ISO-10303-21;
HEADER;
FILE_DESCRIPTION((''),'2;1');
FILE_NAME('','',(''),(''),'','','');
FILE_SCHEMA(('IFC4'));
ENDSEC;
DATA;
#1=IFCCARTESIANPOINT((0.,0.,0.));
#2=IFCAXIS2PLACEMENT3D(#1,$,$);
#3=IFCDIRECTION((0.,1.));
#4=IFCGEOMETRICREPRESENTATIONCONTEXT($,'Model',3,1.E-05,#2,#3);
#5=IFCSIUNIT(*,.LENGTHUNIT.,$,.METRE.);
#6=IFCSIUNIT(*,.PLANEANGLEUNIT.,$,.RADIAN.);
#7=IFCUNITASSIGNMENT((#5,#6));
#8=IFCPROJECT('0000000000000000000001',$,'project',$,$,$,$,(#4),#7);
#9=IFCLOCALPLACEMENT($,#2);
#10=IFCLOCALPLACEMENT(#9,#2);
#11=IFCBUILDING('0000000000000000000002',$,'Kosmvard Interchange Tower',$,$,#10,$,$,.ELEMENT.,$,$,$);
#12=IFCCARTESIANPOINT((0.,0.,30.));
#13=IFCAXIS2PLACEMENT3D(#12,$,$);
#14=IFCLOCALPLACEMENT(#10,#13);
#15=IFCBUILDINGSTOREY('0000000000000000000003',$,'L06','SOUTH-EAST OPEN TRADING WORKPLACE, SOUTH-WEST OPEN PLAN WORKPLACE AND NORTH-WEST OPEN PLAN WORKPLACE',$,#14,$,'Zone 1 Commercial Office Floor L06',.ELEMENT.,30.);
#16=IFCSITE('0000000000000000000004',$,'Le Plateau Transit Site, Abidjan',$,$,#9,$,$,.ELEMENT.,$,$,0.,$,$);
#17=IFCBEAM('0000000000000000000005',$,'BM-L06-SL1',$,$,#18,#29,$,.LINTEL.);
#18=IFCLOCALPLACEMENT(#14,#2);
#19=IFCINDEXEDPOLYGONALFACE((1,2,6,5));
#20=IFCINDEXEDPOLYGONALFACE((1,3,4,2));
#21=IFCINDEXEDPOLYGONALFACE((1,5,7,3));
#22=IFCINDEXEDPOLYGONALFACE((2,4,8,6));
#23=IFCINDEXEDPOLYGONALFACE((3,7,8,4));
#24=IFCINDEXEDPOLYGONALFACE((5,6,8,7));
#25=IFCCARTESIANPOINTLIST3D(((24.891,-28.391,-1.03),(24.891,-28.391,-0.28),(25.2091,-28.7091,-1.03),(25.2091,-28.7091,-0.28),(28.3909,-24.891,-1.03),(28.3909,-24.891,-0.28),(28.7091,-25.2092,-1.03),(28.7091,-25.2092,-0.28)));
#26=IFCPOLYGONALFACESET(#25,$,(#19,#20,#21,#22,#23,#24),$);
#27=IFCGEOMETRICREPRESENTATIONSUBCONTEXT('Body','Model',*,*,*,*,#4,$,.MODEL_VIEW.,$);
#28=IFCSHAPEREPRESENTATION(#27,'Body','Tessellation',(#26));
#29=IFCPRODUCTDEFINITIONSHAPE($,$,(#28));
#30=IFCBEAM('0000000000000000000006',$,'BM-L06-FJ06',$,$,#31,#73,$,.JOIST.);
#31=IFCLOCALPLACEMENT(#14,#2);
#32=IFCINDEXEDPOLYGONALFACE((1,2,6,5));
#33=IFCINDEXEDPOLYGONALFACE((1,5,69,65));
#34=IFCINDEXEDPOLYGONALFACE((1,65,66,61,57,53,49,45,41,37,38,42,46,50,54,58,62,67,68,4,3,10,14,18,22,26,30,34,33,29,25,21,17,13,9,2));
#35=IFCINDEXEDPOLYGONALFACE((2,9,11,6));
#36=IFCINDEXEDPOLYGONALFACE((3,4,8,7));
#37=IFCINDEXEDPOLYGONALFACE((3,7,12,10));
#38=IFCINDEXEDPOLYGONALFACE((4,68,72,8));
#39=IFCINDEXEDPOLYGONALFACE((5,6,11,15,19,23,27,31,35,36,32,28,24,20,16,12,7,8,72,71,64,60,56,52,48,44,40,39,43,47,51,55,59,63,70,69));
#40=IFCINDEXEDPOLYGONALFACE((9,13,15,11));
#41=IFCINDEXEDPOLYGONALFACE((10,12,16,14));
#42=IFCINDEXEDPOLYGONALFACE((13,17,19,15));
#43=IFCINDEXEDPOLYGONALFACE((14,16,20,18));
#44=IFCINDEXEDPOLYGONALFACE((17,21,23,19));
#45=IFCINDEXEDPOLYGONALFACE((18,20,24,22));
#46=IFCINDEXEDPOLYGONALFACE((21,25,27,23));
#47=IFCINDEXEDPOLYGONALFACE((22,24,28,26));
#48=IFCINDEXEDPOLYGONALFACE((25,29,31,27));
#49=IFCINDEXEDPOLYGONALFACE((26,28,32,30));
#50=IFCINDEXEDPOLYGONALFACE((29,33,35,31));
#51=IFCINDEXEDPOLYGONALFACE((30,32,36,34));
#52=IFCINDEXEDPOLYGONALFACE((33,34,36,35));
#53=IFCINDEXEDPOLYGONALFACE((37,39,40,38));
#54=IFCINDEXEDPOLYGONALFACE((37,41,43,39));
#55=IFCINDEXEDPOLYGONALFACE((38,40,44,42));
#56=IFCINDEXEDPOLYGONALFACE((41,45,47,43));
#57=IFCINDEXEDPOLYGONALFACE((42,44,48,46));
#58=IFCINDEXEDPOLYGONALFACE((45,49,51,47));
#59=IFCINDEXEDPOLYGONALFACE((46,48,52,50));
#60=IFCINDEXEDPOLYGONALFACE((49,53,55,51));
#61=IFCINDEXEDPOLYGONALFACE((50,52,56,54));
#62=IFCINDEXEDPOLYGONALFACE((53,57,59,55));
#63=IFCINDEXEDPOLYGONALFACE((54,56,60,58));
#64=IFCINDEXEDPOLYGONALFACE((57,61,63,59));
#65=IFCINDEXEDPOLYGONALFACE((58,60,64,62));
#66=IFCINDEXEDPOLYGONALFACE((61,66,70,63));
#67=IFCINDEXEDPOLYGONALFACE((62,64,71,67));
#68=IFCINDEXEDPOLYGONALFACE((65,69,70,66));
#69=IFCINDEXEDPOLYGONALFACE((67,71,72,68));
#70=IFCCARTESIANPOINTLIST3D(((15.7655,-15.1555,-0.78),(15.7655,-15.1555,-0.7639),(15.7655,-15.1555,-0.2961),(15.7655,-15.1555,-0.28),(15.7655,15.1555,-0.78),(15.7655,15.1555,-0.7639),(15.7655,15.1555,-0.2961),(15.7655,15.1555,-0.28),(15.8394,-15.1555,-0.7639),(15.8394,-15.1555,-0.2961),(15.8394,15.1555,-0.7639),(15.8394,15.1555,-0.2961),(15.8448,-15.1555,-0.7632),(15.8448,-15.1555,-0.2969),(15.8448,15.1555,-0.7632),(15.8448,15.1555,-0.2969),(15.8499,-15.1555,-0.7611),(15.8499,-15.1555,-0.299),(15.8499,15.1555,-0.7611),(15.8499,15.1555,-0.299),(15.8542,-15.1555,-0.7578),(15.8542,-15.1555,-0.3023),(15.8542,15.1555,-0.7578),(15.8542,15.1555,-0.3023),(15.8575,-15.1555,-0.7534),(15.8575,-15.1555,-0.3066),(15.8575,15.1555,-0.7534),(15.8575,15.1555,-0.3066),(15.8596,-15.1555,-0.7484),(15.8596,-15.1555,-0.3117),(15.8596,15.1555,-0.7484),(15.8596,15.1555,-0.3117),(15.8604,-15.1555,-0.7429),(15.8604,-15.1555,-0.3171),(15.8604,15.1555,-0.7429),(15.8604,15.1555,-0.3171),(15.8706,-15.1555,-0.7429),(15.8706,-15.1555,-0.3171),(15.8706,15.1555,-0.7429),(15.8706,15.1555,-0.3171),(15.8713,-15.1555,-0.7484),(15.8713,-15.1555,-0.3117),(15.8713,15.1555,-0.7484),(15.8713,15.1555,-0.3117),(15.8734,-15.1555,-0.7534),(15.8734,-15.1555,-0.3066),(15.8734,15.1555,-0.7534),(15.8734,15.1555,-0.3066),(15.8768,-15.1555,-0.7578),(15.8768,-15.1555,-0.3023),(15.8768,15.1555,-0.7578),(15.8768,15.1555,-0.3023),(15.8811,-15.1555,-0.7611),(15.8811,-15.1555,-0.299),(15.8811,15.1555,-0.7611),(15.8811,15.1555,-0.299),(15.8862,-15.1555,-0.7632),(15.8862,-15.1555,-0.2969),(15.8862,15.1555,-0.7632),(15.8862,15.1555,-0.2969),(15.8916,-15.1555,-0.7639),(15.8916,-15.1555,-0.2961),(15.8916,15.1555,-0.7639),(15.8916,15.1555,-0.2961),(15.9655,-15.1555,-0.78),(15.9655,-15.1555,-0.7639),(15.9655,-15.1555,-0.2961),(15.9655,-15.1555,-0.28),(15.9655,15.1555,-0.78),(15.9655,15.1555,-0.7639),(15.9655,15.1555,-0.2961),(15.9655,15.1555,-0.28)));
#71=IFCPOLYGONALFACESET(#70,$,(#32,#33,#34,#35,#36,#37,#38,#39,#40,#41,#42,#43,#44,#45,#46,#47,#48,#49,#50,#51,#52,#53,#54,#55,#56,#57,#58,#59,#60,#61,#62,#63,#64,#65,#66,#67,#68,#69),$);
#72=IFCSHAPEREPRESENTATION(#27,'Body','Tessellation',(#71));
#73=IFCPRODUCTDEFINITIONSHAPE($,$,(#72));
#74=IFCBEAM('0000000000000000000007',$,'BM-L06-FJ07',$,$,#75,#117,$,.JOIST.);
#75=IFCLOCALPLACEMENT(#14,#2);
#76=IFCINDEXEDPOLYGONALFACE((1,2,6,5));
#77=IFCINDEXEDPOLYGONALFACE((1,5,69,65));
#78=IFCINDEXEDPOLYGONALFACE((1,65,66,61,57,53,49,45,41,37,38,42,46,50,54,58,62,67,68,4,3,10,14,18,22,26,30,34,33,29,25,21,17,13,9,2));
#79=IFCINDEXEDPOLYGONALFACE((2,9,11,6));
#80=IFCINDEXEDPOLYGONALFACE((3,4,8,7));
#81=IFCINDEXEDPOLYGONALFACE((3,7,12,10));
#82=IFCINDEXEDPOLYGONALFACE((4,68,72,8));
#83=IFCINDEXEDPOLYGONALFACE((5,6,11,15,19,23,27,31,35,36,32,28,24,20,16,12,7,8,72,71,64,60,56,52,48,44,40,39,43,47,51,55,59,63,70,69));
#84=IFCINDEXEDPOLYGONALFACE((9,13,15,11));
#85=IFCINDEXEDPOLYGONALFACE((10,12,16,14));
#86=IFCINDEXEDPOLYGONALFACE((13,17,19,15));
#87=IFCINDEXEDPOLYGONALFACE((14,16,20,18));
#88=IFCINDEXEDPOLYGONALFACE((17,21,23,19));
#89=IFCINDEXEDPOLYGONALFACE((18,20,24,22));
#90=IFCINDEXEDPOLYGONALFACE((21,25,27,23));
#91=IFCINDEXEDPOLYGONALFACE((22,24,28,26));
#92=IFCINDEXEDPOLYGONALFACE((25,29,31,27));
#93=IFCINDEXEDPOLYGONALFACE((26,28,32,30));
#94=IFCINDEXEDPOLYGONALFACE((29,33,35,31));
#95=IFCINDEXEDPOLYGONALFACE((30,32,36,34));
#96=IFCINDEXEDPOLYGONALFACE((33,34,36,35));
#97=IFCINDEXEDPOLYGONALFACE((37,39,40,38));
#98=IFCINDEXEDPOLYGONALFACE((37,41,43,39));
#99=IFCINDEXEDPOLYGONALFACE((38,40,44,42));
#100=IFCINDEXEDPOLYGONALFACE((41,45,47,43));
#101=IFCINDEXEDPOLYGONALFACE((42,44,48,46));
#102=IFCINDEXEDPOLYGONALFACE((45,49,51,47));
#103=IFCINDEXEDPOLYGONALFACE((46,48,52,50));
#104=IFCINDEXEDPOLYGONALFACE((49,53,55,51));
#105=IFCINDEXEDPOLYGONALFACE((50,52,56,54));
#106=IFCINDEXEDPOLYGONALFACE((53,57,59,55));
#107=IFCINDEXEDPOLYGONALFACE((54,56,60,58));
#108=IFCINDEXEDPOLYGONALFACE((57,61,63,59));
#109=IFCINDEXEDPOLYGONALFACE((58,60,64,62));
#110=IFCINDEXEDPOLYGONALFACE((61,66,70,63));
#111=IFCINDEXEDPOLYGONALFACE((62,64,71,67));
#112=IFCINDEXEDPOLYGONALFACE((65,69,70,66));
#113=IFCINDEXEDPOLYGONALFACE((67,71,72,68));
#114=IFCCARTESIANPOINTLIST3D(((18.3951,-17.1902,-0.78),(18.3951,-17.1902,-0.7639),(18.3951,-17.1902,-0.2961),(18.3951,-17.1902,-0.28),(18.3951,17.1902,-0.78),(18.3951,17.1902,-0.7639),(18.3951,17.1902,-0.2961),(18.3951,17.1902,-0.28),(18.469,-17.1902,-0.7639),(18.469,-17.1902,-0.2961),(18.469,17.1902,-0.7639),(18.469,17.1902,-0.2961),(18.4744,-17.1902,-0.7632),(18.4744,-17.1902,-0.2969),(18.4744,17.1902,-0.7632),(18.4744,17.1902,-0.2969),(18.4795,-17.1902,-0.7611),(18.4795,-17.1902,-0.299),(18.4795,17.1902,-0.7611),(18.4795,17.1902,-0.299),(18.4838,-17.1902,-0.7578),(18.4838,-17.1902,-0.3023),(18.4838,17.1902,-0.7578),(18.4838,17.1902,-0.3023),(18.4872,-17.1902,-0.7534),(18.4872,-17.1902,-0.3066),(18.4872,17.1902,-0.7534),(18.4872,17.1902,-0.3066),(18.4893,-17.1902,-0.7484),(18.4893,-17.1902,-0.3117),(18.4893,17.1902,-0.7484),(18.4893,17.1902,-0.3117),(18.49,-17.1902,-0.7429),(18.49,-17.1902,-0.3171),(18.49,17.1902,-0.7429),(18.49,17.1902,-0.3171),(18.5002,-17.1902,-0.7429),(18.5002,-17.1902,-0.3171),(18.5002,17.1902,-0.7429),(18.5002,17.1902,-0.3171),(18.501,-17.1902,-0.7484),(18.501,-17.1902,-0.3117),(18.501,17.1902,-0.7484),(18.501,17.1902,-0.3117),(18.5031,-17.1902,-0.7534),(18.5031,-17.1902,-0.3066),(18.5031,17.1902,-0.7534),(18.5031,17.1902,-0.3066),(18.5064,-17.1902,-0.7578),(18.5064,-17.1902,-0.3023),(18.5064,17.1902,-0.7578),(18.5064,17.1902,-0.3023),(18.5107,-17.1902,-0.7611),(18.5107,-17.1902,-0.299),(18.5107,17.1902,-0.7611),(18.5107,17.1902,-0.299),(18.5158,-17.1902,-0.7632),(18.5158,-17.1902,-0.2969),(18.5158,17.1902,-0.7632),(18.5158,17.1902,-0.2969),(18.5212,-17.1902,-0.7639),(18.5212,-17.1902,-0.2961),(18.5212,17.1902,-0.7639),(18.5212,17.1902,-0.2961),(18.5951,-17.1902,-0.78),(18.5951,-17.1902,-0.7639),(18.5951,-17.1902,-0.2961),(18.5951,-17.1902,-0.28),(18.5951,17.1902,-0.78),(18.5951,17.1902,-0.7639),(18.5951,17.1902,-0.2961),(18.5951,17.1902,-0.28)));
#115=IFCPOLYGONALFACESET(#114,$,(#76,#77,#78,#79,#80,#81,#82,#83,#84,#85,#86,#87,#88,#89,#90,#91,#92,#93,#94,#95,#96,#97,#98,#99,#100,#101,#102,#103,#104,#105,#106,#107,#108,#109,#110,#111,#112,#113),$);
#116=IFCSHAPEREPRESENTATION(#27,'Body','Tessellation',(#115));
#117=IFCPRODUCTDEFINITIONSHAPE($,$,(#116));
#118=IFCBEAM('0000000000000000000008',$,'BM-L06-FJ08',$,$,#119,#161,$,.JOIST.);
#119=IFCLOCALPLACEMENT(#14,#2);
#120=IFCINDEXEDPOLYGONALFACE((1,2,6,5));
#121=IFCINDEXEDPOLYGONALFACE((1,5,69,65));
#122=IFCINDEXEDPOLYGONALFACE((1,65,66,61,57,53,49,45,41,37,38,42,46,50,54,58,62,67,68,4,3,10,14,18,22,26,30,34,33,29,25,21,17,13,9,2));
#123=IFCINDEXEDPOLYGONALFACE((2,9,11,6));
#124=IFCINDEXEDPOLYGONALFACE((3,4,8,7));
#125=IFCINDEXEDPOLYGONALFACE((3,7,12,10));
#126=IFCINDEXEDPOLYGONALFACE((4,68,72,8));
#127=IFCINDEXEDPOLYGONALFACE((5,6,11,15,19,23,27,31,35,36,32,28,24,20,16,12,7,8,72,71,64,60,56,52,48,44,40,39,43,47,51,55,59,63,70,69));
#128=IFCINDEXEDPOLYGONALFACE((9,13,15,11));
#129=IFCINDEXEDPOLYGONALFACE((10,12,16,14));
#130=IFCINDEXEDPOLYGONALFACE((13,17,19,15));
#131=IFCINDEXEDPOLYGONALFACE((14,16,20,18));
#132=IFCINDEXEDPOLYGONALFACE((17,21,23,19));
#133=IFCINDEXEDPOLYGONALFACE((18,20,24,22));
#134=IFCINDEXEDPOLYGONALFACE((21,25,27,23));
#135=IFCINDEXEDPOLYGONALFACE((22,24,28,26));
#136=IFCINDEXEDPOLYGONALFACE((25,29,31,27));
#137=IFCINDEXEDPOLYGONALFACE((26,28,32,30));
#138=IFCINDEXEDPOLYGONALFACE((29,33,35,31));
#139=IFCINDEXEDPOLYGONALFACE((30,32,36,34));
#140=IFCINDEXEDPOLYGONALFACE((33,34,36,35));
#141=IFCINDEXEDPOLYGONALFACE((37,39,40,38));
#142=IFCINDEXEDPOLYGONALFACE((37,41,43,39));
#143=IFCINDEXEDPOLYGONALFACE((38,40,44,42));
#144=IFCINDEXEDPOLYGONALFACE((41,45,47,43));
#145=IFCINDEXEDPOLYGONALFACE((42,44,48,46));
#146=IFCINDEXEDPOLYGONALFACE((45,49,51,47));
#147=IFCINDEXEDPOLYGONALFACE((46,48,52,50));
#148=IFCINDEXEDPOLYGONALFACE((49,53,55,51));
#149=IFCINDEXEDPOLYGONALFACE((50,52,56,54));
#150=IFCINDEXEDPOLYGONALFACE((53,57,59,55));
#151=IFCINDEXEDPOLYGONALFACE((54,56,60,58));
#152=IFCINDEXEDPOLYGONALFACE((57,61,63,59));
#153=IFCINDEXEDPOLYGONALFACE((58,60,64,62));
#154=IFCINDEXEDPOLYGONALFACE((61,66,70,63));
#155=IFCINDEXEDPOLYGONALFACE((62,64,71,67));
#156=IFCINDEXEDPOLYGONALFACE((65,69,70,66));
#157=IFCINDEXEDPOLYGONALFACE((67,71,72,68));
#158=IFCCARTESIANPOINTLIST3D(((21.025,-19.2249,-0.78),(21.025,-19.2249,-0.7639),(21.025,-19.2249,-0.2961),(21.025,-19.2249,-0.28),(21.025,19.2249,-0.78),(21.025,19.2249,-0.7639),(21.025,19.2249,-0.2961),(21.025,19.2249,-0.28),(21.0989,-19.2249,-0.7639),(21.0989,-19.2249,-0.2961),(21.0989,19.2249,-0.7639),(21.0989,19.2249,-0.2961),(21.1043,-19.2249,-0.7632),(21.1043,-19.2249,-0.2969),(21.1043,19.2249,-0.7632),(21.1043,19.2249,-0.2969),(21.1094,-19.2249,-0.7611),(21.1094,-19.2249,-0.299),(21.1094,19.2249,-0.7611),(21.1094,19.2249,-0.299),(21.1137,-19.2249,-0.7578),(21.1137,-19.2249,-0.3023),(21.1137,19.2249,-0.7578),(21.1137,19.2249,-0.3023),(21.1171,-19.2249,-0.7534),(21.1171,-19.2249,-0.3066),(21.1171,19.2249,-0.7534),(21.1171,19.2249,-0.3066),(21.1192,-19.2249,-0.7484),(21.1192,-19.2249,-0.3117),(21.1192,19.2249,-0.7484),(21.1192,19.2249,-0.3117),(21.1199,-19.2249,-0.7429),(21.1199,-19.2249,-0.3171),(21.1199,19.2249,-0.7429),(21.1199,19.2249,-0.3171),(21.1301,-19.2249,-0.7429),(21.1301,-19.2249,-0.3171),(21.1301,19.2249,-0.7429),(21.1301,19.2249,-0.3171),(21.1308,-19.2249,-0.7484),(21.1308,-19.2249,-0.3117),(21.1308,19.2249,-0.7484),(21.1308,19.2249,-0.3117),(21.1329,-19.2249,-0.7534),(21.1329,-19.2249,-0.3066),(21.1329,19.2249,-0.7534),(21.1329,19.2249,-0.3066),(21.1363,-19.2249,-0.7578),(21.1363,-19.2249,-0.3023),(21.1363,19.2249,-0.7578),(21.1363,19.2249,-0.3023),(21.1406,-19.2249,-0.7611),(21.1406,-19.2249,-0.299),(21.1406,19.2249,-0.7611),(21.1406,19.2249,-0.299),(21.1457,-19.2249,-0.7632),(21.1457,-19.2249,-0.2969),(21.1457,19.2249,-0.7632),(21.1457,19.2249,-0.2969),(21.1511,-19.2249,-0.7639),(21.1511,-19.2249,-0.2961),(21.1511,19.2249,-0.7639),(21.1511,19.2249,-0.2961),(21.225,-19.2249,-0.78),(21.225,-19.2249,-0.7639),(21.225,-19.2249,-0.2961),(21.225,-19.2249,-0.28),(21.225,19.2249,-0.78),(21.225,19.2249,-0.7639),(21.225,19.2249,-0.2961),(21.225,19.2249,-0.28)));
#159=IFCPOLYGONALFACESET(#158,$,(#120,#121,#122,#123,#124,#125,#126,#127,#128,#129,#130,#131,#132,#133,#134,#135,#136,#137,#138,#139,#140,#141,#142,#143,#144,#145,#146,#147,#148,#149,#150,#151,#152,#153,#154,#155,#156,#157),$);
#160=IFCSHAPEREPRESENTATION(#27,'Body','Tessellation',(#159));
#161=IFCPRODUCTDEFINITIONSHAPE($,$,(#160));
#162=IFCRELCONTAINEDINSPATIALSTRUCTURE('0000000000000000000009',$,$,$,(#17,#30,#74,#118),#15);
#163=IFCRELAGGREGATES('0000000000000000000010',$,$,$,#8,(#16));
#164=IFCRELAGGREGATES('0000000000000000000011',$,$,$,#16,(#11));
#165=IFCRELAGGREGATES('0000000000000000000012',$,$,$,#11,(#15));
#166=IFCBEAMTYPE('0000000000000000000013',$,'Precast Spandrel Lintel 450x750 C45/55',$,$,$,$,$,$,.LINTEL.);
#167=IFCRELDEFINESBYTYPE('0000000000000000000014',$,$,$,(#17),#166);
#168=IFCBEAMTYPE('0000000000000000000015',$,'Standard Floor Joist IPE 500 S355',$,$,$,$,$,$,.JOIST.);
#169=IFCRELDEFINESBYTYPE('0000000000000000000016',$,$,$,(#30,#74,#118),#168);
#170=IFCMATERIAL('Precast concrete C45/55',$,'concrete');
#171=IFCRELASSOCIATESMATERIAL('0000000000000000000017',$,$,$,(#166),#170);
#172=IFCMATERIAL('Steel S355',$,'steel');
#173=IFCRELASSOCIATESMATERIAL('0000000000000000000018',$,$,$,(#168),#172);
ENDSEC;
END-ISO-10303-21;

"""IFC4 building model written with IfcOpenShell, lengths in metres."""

from ifc_helpers import new_model, si_unit, direction, frame, origin, origin_2d, place, context, subcontext, project, spatial, rectangle, i_section, extrude, source, transform, mapped, material, material_profile, profile_set, type_object, element, save


model = new_model("IFC4")

# Units and contexts
model_context = context("Model", 3, precision=1e-05, world=origin(), true_north=direction((0.0, 1.0)))
body_context = subcontext(model_context, "Body", "Model", "MODEL_VIEW")
ifc_project = project(units=[si_unit("LENGTHUNIT", "METRE"), si_unit("PLANEANGLEUNIT", "RADIAN")], contexts=[model_context])

# Site, building, storey
site_placement = place(None, origin())
site = spatial("IfcSite", under=ifc_project, at=site_placement, Name="Le Plateau Transit Site, Abidjan", CompositionType="ELEMENT", RefElevation=0.0)
building_placement = place(site_placement, origin())
building = spatial("IfcBuilding", under=site, at=building_placement, Name="Kosmvard Interchange Tower", CompositionType="ELEMENT")
storey_placement = place(building_placement, frame((0.0, 0.0, 30.0)))
storey = spatial("IfcBuildingStorey", under=building, at=storey_placement, Name="L06", Description="SOUTH-EAST OPEN TRADING WORKPLACE, SOUTH-WEST OPEN PLAN WORKPLACE AND NORTH-WEST OPEN PLAN WORKPLACE", LongName="Zone 1 Commercial Office Floor L06", CompositionType="ELEMENT", Elevation=30.0)

# Beams
ifc_material_1 = material(Name="Steel S355", Category="steel")
ifc_material_2 = material(Name="Precast concrete C45/55", Category="concrete")
ifc_material_profile_1 = material_profile(ifc_material_2, rectangle(XDim=0.45, YDim=0.75, at=origin_2d()), Name="SL 450x750")
ifc_profile_set_1 = profile_set([ifc_material_profile_1], Name="Precast concrete C45/55")
beam_type_1 = type_object("IfcBeamType", Name="Precast Spandrel Lintel 450x750 C45/55", PredefinedType="LINTEL", material=ifc_profile_set_1)
shared_shape_1 = source(origin(), body_context, "Body", "SweptSolid", [
    extrude(rectangle(XDim=0.45, YDim=0.75, at=origin_2d()), origin(), (0.0, 0.0, 1.0), 4.9497),
])
beam_1_placement = place(storey_placement, frame((25.05, -28.55, -0.655), z_axis=(0.707107, 0.707107, 0.0), x_axis=(-0.707107, 0.707107, 0.0)))
element("IfcBeam", 1, at=beam_1_placement, inside=storey, type_object=beam_type_1, Name="BM-L06-SL1", PredefinedType="LINTEL", context=body_context, shape_type="MappedRepresentation", body=[
    mapped(shared_shape_1, transform((0.0, 0.0, 0.0), scale=1.0)),
])
ifc_material_profile_2 = material_profile(ifc_material_1, i_section(OverallWidth=0.2, OverallDepth=0.5, WebThickness=0.0103, FlangeThickness=0.0161, FilletRadius=0.021, at=origin_2d()), Name="IPE 500")
ifc_profile_set_2 = profile_set([ifc_material_profile_2], Name="Steel S355")
beam_type_2 = type_object("IfcBeamType", Name="Standard Floor Joist IPE 500 S355", PredefinedType="JOIST", material=ifc_profile_set_2)
shared_shape_2 = source(origin(), body_context, "Body", "SweptSolid", [
    extrude(i_section(OverallWidth=0.2, OverallDepth=0.5, WebThickness=0.0103, FlangeThickness=0.0161, FilletRadius=0.021, at=origin_2d()), origin(), (0.0, 0.0, 1.0), 30.311),
])
beam_2_placement = place(storey_placement, frame((15.8655, -15.1555, -0.53), z_axis=(0.0, 1.0, 0.0), x_axis=(-1.0, 0.0, 0.0)))
element("IfcBeam", 2, at=beam_2_placement, inside=storey, type_object=beam_type_2, Name="BM-L06-FJ06", PredefinedType="JOIST", context=body_context, shape_type="MappedRepresentation", body=[
    mapped(shared_shape_2, transform((0.0, 0.0, 0.0), scale=1.0)),
])
shared_shape_3 = source(origin(), body_context, "Body", "SweptSolid", [
    extrude(i_section(OverallWidth=0.2, OverallDepth=0.5, WebThickness=0.0103, FlangeThickness=0.0161, FilletRadius=0.021, at=origin_2d()), origin(), (0.0, 0.0, 1.0), 34.3804),
])
beam_3_placement = place(storey_placement, frame((18.4951, -17.1902, -0.53), z_axis=(0.0, 1.0, 0.0), x_axis=(-1.0, 0.0, 0.0)))
element("IfcBeam", 3, at=beam_3_placement, inside=storey, type_object=beam_type_2, Name="BM-L06-FJ07", PredefinedType="JOIST", context=body_context, shape_type="MappedRepresentation", body=[
    mapped(shared_shape_3, transform((0.0, 0.0, 0.0), scale=1.0)),
])
shared_shape_4 = source(origin(), body_context, "Body", "SweptSolid", [
    extrude(i_section(OverallWidth=0.2, OverallDepth=0.5, WebThickness=0.0103, FlangeThickness=0.0161, FilletRadius=0.021, at=origin_2d()), origin(), (0.0, 0.0, 1.0), 38.4497),
])
beam_4_placement = place(storey_placement, frame((21.125, -19.2249, -0.53), z_axis=(0.0, 1.0, 0.0), x_axis=(-1.0, 0.0, 0.0)))
element("IfcBeam", 4, at=beam_4_placement, inside=storey, type_object=beam_type_2, Name="BM-L06-FJ08", PredefinedType="JOIST", context=body_context, shape_type="MappedRepresentation", body=[
    mapped(shared_shape_4, transform((0.0, 0.0, 0.0), scale=1.0)),
])

save(model, "model.ifc")
